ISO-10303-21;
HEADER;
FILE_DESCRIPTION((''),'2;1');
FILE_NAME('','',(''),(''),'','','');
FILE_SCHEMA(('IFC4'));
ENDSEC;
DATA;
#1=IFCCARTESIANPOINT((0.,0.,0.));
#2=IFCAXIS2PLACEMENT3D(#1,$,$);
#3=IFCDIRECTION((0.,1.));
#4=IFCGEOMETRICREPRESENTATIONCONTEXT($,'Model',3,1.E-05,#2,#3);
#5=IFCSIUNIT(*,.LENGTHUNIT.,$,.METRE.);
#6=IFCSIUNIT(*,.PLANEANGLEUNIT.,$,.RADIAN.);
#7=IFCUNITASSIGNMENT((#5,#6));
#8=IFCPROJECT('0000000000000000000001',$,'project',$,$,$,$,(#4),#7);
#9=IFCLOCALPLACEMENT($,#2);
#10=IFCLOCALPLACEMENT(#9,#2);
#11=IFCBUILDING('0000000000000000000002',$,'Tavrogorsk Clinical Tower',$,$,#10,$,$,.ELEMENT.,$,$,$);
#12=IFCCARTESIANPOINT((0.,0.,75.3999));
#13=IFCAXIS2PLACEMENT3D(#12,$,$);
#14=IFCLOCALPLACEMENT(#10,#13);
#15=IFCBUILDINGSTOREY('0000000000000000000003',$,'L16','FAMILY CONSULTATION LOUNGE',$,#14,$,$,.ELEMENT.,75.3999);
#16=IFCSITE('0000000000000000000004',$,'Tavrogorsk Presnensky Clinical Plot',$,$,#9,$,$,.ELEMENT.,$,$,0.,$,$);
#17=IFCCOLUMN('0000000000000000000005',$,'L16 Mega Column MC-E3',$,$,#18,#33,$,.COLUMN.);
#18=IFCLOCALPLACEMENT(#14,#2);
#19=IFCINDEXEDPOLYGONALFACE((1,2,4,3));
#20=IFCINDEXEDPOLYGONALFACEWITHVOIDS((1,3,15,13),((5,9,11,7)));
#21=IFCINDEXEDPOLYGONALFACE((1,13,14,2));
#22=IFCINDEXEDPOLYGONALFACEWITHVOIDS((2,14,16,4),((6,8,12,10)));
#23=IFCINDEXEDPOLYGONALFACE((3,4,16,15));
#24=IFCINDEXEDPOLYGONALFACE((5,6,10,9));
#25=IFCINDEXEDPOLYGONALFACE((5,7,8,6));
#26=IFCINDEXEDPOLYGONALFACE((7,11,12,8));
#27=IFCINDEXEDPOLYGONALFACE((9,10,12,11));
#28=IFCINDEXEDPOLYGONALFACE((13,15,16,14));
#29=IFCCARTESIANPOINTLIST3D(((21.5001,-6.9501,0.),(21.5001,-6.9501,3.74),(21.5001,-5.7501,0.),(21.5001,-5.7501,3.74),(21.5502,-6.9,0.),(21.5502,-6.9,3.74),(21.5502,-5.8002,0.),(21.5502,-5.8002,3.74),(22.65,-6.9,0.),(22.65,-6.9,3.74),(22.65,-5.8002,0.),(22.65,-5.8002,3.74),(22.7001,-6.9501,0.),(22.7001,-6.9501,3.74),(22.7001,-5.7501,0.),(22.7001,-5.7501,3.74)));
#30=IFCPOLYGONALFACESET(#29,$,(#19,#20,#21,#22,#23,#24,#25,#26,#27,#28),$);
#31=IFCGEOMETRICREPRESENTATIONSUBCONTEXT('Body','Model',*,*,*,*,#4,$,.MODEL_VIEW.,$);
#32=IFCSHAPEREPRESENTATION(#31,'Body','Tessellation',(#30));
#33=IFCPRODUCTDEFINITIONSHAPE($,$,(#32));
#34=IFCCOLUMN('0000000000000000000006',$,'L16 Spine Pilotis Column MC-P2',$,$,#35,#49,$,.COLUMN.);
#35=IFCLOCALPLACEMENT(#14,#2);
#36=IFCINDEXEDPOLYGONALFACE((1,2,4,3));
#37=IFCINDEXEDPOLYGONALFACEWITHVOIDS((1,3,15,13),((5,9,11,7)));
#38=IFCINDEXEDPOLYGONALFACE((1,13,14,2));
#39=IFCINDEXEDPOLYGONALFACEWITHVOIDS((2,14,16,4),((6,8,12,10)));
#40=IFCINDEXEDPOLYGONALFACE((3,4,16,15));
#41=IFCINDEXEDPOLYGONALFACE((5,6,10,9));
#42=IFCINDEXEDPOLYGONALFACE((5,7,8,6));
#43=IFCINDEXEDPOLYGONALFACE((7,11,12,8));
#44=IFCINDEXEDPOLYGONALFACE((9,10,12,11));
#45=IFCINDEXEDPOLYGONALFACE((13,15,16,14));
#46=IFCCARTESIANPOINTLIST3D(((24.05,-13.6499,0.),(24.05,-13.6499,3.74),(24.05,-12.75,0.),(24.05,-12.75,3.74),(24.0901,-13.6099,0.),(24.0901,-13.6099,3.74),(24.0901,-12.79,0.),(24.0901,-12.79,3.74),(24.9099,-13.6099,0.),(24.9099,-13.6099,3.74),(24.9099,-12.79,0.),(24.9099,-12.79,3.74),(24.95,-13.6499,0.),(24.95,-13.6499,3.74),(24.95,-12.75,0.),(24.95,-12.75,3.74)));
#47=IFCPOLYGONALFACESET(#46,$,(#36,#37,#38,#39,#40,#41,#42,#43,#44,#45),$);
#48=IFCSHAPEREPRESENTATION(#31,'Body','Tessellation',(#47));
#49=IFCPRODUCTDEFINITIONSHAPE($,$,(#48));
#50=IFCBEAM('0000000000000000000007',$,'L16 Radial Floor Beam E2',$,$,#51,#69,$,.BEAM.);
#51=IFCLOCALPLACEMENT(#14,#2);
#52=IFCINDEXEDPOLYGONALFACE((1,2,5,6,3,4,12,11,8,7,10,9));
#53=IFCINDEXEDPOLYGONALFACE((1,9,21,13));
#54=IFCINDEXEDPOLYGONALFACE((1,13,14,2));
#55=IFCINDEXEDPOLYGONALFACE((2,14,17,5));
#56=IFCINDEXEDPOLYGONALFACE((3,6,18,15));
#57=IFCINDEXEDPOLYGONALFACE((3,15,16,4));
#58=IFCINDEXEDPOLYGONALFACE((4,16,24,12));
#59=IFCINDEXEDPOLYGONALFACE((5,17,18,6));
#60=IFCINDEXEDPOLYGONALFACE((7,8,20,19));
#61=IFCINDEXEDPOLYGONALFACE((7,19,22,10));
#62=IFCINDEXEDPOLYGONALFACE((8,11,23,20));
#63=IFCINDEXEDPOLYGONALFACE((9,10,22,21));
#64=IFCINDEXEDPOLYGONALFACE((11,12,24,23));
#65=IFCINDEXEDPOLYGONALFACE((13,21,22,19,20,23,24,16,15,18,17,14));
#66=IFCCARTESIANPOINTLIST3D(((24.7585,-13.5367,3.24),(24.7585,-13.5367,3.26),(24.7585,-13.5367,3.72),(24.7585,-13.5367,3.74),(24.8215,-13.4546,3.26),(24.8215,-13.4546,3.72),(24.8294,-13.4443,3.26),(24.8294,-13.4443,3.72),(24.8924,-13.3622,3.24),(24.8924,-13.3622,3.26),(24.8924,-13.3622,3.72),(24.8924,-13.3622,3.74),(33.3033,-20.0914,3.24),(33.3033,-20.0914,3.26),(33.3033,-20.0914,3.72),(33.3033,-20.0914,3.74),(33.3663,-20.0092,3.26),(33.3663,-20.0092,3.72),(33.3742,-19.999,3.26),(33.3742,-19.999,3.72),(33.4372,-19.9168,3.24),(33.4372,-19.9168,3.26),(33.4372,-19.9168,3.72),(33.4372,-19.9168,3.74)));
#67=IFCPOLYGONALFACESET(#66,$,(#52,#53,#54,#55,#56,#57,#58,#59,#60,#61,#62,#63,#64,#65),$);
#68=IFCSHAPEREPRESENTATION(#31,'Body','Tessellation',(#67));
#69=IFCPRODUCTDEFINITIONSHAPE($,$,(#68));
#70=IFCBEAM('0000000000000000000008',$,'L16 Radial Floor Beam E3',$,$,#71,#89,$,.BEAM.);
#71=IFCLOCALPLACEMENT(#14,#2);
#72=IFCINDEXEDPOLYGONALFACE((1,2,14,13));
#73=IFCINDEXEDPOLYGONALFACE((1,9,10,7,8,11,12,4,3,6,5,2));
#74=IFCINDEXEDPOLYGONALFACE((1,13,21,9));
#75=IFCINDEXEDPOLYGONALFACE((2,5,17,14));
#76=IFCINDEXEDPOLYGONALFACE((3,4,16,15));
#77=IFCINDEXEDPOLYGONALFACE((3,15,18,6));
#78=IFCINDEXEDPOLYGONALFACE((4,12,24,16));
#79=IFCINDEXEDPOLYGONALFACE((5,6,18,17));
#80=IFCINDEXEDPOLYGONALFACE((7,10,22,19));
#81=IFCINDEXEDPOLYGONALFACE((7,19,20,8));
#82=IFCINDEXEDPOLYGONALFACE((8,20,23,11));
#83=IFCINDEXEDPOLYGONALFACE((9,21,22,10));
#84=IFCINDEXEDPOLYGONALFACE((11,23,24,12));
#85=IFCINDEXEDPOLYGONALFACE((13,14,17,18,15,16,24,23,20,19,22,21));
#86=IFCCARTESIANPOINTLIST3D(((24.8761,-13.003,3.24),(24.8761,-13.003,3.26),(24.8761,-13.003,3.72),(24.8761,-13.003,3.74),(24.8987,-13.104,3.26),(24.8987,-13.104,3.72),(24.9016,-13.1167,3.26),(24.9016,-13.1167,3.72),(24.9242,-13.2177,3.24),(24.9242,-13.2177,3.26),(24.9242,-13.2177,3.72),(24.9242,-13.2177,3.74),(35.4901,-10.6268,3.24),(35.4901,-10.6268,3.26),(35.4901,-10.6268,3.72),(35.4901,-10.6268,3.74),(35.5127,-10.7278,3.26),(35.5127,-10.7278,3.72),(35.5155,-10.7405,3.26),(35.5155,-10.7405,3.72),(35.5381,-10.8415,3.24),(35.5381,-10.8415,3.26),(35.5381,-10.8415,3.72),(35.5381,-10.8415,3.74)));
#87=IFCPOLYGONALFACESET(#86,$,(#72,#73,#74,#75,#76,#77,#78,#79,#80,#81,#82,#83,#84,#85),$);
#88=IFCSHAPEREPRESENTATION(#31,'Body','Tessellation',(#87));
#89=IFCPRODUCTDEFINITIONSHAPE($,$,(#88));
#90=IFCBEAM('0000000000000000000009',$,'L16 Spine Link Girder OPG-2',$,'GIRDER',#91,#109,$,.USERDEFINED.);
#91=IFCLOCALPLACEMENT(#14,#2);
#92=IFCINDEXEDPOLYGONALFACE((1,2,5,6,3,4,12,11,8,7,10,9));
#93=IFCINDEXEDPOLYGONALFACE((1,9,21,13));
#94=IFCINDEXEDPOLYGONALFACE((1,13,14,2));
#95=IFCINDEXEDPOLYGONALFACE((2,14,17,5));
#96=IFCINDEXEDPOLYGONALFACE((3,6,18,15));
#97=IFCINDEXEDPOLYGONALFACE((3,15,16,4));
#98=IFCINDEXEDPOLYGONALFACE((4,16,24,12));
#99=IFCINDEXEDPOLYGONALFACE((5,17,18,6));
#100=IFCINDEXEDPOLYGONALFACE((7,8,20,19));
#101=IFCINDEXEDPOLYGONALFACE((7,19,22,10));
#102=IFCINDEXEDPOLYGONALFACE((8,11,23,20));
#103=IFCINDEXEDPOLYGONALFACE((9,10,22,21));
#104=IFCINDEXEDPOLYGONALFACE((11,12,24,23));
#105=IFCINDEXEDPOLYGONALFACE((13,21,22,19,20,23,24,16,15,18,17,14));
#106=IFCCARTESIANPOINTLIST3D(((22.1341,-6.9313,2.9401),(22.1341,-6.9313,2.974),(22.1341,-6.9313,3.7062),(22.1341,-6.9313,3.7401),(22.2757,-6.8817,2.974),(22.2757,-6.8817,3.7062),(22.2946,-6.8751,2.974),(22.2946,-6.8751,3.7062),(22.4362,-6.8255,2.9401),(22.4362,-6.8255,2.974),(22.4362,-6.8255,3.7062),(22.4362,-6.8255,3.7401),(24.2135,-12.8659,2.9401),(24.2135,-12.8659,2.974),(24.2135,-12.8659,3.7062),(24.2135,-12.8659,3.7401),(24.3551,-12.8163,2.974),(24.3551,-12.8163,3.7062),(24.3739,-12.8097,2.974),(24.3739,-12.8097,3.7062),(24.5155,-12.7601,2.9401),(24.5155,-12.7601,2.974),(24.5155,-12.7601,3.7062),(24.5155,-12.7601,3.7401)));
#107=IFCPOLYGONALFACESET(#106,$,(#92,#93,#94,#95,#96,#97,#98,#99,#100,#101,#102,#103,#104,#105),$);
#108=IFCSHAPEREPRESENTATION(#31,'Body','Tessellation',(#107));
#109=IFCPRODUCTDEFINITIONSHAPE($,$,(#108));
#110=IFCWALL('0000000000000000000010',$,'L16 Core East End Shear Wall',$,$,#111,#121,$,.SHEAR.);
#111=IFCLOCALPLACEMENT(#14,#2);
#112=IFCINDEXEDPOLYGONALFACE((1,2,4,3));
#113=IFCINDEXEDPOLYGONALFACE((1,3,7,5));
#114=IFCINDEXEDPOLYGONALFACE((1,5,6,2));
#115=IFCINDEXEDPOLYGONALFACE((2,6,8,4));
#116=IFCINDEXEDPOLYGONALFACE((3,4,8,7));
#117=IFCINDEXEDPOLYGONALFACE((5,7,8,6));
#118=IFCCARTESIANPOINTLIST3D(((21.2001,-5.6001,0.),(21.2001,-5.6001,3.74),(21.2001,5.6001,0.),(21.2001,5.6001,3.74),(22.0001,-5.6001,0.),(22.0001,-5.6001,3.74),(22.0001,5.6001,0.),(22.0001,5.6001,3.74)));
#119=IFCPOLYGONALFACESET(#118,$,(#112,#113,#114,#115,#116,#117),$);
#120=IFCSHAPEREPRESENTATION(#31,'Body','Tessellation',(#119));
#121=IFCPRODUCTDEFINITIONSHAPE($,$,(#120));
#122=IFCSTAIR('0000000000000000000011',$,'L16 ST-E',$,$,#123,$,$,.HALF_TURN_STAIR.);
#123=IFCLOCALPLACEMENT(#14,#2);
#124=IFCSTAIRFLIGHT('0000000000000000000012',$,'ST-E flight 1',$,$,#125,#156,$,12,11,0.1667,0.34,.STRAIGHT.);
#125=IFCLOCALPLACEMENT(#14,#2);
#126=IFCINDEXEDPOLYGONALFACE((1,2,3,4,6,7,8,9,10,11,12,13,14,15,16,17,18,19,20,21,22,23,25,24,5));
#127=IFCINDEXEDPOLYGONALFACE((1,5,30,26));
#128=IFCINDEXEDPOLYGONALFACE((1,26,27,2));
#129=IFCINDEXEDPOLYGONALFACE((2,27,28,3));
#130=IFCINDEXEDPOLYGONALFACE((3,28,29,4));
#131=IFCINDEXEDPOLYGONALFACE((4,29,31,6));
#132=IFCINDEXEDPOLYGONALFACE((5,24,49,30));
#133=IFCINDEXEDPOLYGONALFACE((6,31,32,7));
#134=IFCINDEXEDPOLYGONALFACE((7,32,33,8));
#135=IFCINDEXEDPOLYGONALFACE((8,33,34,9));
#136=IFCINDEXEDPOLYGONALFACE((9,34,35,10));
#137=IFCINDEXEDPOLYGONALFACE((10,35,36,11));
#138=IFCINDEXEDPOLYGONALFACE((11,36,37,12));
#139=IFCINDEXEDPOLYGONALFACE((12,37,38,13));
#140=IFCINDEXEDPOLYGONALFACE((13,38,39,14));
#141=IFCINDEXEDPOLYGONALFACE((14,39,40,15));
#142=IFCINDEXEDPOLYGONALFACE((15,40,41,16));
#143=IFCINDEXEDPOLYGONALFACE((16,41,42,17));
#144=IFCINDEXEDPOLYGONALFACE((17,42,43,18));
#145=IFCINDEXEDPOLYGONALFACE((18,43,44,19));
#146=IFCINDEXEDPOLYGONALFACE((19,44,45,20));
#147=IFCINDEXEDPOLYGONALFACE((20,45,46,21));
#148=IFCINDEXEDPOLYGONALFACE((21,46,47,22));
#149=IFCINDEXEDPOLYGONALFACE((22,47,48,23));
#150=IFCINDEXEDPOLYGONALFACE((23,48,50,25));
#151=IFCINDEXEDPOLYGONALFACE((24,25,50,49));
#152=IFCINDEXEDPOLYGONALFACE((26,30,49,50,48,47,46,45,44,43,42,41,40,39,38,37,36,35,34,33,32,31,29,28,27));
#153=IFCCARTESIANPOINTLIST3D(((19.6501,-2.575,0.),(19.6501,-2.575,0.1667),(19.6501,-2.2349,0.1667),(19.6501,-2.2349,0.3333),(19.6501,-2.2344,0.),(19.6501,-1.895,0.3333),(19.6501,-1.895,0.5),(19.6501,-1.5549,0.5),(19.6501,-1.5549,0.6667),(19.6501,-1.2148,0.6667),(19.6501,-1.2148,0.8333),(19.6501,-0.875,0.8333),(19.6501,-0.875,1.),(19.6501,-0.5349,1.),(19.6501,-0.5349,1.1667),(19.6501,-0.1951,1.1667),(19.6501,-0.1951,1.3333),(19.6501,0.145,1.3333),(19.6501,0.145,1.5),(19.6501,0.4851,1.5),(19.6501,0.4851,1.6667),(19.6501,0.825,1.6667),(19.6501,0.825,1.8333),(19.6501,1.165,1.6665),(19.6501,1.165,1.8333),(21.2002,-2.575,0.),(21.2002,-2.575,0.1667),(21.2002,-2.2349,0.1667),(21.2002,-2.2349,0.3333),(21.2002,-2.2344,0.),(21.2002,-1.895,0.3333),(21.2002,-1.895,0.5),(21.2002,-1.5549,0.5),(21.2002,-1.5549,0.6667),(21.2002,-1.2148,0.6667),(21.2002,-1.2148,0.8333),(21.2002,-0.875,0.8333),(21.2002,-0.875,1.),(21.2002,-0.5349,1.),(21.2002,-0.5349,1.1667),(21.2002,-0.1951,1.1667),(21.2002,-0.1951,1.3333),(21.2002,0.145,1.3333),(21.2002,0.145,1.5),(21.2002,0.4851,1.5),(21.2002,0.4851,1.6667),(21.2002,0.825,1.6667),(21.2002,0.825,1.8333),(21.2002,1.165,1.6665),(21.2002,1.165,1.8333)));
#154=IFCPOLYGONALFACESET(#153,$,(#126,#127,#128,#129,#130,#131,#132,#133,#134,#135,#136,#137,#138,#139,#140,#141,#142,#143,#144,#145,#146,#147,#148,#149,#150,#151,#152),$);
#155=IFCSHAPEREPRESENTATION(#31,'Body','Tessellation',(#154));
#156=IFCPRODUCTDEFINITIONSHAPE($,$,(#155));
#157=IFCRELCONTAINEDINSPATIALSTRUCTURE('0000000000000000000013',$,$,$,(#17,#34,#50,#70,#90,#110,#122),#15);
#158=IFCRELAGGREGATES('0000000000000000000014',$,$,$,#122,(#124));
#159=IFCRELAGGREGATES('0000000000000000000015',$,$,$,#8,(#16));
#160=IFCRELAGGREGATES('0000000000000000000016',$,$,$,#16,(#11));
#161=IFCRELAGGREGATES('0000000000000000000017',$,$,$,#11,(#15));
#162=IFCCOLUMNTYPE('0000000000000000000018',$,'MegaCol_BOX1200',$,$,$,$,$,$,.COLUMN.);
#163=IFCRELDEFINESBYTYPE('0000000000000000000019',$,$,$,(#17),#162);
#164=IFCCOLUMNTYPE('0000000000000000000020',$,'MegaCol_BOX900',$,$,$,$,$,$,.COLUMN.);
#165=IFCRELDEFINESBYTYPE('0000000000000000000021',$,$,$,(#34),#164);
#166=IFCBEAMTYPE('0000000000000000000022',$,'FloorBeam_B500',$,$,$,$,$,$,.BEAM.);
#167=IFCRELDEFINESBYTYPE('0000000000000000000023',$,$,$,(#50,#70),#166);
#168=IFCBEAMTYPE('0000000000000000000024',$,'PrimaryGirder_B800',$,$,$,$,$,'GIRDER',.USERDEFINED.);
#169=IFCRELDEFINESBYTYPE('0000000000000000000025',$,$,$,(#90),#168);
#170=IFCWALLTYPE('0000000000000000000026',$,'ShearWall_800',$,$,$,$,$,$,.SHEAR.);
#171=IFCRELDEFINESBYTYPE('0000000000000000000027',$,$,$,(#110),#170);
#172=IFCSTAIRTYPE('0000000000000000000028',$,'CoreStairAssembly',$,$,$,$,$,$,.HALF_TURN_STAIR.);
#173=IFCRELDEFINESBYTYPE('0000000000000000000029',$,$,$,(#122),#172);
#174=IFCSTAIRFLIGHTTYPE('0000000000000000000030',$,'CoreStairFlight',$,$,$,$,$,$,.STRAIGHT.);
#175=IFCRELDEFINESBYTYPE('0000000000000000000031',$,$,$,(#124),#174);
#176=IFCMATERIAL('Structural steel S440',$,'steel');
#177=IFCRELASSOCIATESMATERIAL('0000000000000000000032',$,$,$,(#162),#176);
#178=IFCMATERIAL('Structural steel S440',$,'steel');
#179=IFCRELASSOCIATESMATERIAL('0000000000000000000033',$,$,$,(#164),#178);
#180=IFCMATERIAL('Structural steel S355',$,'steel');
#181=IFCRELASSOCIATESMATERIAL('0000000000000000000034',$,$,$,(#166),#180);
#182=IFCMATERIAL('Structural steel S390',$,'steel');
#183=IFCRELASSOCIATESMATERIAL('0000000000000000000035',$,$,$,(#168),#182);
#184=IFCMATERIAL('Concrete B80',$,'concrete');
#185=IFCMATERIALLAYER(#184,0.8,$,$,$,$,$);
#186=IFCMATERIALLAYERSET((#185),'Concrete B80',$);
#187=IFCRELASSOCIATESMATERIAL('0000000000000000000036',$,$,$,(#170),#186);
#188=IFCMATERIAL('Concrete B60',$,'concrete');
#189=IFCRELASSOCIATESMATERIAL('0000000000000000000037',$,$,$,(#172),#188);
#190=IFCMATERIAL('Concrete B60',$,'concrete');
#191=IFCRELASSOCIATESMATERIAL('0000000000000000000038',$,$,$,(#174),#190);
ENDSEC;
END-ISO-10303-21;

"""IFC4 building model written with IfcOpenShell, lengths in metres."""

from ifc_helpers import new_model, si_unit, direction, frame, frame_2d, origin, origin_2d, place, context, subcontext, project, spatial, polyline, rectangle, hollow_rectangle, i_section, outline, extrude, material, layer, layer_set, material_profile, profile_set, type_object, element, aggregate, save


model = new_model("IFC4")

# Units and contexts
model_context = context("Model", 3, precision=1e-05, world=origin(), true_north=direction((0.0, 1.0)))
body_context = subcontext(model_context, "Body", "Model", "MODEL_VIEW")
ifc_project = project(units=[si_unit("LENGTHUNIT", "METRE"), si_unit("PLANEANGLEUNIT", "RADIAN")], contexts=[model_context])

# Site, building, storey
site_placement = place(None, origin())
site = spatial("IfcSite", under=ifc_project, at=site_placement, Name="Tavrogorsk Presnensky Clinical Plot", CompositionType="ELEMENT", RefElevation=0.0)
building_placement = place(site_placement, origin())
building = spatial("IfcBuilding", under=site, at=building_placement, Name="Tavrogorsk Clinical Tower", CompositionType="ELEMENT")
storey_placement = place(building_placement, frame((0.0, 0.0, 75.3999)))
storey = spatial("IfcBuildingStorey", under=building, at=storey_placement, Name="L16", Description="FAMILY CONSULTATION LOUNGE", CompositionType="ELEMENT", Elevation=75.3999)

# Columns
ifc_material_1 = material(Name="Structural steel S440", Category="steel")
ifc_material_profile_1 = material_profile(ifc_material_1, hollow_rectangle(XDim=1.2, YDim=1.2, WallThickness=0.05, at=origin_2d()), Name="BOX-1200x1200x50")
ifc_profile_set_1 = profile_set([ifc_material_profile_1], Name="Structural steel S440")
column_type_1 = type_object("IfcColumnType", Name="MegaCol_BOX1200", PredefinedType="COLUMN", material=ifc_profile_set_1)
column_1_placement = place(storey_placement, frame((22.1001, -6.3501, 0.0), z_axis=(0.0, 0.0, 1.0), x_axis=(1.0, 0.0, 0.0)))
element("IfcColumn", 1, at=column_1_placement, inside=storey, type_object=column_type_1, Name="L16 Mega Column MC-E3", PredefinedType="COLUMN", context=body_context, shape_type="SweptSolid", body=[
    extrude(hollow_rectangle(XDim=1.2, YDim=1.2, WallThickness=0.05, at=origin_2d()), origin(), (0.0, 0.0, 1.0), 3.74),
])
ifc_material_2 = material(Name="Structural steel S440", Category="steel")
ifc_material_profile_2 = material_profile(ifc_material_2, hollow_rectangle(XDim=0.8999, YDim=0.8999, WallThickness=0.04, at=origin_2d()), Name="BOX-900x900x40")
ifc_profile_set_2 = profile_set([ifc_material_profile_2], Name="Structural steel S440")
column_type_2 = type_object("IfcColumnType", Name="MegaCol_BOX900", PredefinedType="COLUMN", material=ifc_profile_set_2)
column_2_placement = place(storey_placement, frame((24.5, -13.2, 0.0), z_axis=(0.0, 0.0, 1.0), x_axis=(1.0, 0.0, 0.0)))
element("IfcColumn", 2, at=column_2_placement, inside=storey, type_object=column_type_2, Name="L16 Spine Pilotis Column MC-P2", PredefinedType="COLUMN", context=body_context, shape_type="SweptSolid", body=[
    extrude(hollow_rectangle(XDim=0.8999, YDim=0.8999, WallThickness=0.04, at=origin_2d()), origin(), (0.0, 0.0, 1.0), 3.74),
])

# Beams
ifc_material_3 = material(Name="Structural steel S355", Category="steel")
ifc_material_profile_3 = material_profile(ifc_material_3, i_section(OverallWidth=0.22, OverallDepth=0.5, WebThickness=0.0129, FlangeThickness=0.02, at=origin_2d()), Name="B-500x220x13x20")
ifc_profile_set_3 = profile_set([ifc_material_profile_3], Name="Structural steel S355")
beam_type_1 = type_object("IfcBeamType", Name="FloorBeam_B500", PredefinedType="BEAM", material=ifc_profile_set_3)
beam_1_placement = place(storey_placement, frame((24.8254, -13.4495, 3.49), z_axis=(0.793446, -0.608641, 0.0), x_axis=(0.608641, 0.793446, 0.0)))
element("IfcBeam", 3, at=beam_1_placement, inside=storey, type_object=beam_type_1, Name="L16 Radial Floor Beam E2", PredefinedType="BEAM", context=body_context, shape_type="SweptSolid", body=[
    extrude(i_section(OverallWidth=0.22, OverallDepth=0.5, WebThickness=0.0129, FlangeThickness=0.02, at=origin_2d()), origin(), (0.0, 0.0, 1.0), 10.7693),
])
beam_2_placement = place(storey_placement, frame((24.9001, -13.1104, 3.49), z_axis=(0.975844, 0.218468, 0.0), x_axis=(-0.218468, 0.975844, 0.0)))
element("IfcBeam", 4, at=beam_2_placement, inside=storey, type_object=beam_type_1, Name="L16 Radial Floor Beam E3", PredefinedType="BEAM", context=body_context, shape_type="SweptSolid", body=[
    extrude(i_section(OverallWidth=0.22, OverallDepth=0.5, WebThickness=0.0129, FlangeThickness=0.02, at=origin_2d()), origin(), (0.0, 0.0, 1.0), 10.8767),
])
ifc_material_4 = material(Name="Structural steel S390", Category="steel")
ifc_material_profile_4 = material_profile(ifc_material_4, i_section(OverallWidth=0.3201, OverallDepth=0.8, WebThickness=0.02, FlangeThickness=0.0339, at=origin_2d()), Name="B-800x320x20x34")
ifc_profile_set_4 = profile_set([ifc_material_profile_4], Name="Structural steel S390")
beam_type_2 = type_object("IfcBeamType", Name="PrimaryGirder_B800", ElementType="GIRDER", PredefinedType="USERDEFINED", material=ifc_profile_set_4)
beam_3_placement = place(storey_placement, frame((24.3645, -12.813, 3.3401), z_axis=(-0.330669, 0.943747, 0.0), x_axis=(-0.943747, -0.330669, 0.0)))
element("IfcBeam", 5, at=beam_3_placement, inside=storey, type_object=beam_type_2, Name="L16 Spine Link Girder OPG-2", ObjectType="GIRDER", PredefinedType="USERDEFINED", context=body_context, shape_type="SweptSolid", body=[
    extrude(i_section(OverallWidth=0.3201, OverallDepth=0.8, WebThickness=0.02, FlangeThickness=0.0339, at=origin_2d()), origin(), (0.0, 0.0, 1.0), 6.2883),
])

# Wall
ifc_material_5 = material(Name="Concrete B80", Category="concrete")
ifc_layer_1 = layer(ifc_material_5, 0.8)
ifc_layer_set_1 = layer_set([ifc_layer_1], Name="Concrete B80")
wall_type = type_object("IfcWallType", Name="ShearWall_800", PredefinedType="SHEAR", material=ifc_layer_set_1)
wall_placement = place(storey_placement, frame((21.6001, -5.6001, 0.0), z_axis=(0.0, 0.0, 1.0), x_axis=(0.0, 1.0, 0.0)))
element("IfcWall", 6, at=wall_placement, inside=storey, type_object=wall_type, Name="L16 Core East End Shear Wall", PredefinedType="SHEAR", context=body_context, shape_type="SweptSolid", body=[
    extrude(rectangle(XDim=11.2002, YDim=0.8, at=frame_2d((5.6001, 0.0))), origin(), (0.0, 0.0, 1.0), 3.74),
])

# Stair, stair flight
ifc_material_6 = material(Name="Concrete B60", Category="concrete")
stair_type = type_object("IfcStairType", Name="CoreStairAssembly", PredefinedType="HALF_TURN_STAIR", material=ifc_material_6)
stair_placement = place(storey_placement, origin())
stair = element("IfcStair", 7, at=stair_placement, inside=storey, type_object=stair_type, Name="L16 ST-E", PredefinedType="HALF_TURN_STAIR")
ifc_material_7 = material(Name="Concrete B60", Category="concrete")
stair_flight_type = type_object("IfcStairFlightType", Name="CoreStairFlight", PredefinedType="STRAIGHT", material=ifc_material_7)
stair_flight_placement = place(storey_placement, frame((20.425, -2.575, 0.0), z_axis=(0.0, 0.0, 1.0), x_axis=(0.0, 1.0, 0.0)))
stair_flight = element("IfcStairFlight", 8, at=stair_flight_placement, type_object=stair_flight_type, Name="ST-E flight 1", NumberOfRisers=12, NumberOfTreads=11, PredefinedType="STRAIGHT", RiserHeight=0.1667, TreadLength=0.34, context=body_context, shape_type="SweptSolid", body=[
    extrude(outline(polyline([(0.0, 0.0), (0.0, 0.1667), (0.3401, 0.1667), (0.3401, 0.3333), (0.6799, 0.3333), (0.6799, 0.5), (1.02, 0.5), (1.02, 0.6667), (1.3601, 0.6667), (1.3601, 0.8333), (1.7, 0.8333), (1.7, 1.0), (2.04, 1.0), (2.04, 1.1667), (2.3799, 1.1667), (2.3799, 1.3333), (2.72, 1.3333), (2.72, 1.5), (3.0601, 1.5), (3.0601, 1.6667), (3.3999, 1.6667), (3.3999, 1.8333), (3.74, 1.8333), (3.74, 2.0), (3.74, 1.6665), (0.3406, 0.0), (0.0, 0.0)])), frame((0.0, 0.7749, 0.0), z_axis=(0.0, -1.0, 0.0), x_axis=(1.0, 0.0, 0.0)), (0.0, 0.0, 1.0), 1.55),
])
aggregate(stair, [stair_flight])

save(model, "model.ifc")
